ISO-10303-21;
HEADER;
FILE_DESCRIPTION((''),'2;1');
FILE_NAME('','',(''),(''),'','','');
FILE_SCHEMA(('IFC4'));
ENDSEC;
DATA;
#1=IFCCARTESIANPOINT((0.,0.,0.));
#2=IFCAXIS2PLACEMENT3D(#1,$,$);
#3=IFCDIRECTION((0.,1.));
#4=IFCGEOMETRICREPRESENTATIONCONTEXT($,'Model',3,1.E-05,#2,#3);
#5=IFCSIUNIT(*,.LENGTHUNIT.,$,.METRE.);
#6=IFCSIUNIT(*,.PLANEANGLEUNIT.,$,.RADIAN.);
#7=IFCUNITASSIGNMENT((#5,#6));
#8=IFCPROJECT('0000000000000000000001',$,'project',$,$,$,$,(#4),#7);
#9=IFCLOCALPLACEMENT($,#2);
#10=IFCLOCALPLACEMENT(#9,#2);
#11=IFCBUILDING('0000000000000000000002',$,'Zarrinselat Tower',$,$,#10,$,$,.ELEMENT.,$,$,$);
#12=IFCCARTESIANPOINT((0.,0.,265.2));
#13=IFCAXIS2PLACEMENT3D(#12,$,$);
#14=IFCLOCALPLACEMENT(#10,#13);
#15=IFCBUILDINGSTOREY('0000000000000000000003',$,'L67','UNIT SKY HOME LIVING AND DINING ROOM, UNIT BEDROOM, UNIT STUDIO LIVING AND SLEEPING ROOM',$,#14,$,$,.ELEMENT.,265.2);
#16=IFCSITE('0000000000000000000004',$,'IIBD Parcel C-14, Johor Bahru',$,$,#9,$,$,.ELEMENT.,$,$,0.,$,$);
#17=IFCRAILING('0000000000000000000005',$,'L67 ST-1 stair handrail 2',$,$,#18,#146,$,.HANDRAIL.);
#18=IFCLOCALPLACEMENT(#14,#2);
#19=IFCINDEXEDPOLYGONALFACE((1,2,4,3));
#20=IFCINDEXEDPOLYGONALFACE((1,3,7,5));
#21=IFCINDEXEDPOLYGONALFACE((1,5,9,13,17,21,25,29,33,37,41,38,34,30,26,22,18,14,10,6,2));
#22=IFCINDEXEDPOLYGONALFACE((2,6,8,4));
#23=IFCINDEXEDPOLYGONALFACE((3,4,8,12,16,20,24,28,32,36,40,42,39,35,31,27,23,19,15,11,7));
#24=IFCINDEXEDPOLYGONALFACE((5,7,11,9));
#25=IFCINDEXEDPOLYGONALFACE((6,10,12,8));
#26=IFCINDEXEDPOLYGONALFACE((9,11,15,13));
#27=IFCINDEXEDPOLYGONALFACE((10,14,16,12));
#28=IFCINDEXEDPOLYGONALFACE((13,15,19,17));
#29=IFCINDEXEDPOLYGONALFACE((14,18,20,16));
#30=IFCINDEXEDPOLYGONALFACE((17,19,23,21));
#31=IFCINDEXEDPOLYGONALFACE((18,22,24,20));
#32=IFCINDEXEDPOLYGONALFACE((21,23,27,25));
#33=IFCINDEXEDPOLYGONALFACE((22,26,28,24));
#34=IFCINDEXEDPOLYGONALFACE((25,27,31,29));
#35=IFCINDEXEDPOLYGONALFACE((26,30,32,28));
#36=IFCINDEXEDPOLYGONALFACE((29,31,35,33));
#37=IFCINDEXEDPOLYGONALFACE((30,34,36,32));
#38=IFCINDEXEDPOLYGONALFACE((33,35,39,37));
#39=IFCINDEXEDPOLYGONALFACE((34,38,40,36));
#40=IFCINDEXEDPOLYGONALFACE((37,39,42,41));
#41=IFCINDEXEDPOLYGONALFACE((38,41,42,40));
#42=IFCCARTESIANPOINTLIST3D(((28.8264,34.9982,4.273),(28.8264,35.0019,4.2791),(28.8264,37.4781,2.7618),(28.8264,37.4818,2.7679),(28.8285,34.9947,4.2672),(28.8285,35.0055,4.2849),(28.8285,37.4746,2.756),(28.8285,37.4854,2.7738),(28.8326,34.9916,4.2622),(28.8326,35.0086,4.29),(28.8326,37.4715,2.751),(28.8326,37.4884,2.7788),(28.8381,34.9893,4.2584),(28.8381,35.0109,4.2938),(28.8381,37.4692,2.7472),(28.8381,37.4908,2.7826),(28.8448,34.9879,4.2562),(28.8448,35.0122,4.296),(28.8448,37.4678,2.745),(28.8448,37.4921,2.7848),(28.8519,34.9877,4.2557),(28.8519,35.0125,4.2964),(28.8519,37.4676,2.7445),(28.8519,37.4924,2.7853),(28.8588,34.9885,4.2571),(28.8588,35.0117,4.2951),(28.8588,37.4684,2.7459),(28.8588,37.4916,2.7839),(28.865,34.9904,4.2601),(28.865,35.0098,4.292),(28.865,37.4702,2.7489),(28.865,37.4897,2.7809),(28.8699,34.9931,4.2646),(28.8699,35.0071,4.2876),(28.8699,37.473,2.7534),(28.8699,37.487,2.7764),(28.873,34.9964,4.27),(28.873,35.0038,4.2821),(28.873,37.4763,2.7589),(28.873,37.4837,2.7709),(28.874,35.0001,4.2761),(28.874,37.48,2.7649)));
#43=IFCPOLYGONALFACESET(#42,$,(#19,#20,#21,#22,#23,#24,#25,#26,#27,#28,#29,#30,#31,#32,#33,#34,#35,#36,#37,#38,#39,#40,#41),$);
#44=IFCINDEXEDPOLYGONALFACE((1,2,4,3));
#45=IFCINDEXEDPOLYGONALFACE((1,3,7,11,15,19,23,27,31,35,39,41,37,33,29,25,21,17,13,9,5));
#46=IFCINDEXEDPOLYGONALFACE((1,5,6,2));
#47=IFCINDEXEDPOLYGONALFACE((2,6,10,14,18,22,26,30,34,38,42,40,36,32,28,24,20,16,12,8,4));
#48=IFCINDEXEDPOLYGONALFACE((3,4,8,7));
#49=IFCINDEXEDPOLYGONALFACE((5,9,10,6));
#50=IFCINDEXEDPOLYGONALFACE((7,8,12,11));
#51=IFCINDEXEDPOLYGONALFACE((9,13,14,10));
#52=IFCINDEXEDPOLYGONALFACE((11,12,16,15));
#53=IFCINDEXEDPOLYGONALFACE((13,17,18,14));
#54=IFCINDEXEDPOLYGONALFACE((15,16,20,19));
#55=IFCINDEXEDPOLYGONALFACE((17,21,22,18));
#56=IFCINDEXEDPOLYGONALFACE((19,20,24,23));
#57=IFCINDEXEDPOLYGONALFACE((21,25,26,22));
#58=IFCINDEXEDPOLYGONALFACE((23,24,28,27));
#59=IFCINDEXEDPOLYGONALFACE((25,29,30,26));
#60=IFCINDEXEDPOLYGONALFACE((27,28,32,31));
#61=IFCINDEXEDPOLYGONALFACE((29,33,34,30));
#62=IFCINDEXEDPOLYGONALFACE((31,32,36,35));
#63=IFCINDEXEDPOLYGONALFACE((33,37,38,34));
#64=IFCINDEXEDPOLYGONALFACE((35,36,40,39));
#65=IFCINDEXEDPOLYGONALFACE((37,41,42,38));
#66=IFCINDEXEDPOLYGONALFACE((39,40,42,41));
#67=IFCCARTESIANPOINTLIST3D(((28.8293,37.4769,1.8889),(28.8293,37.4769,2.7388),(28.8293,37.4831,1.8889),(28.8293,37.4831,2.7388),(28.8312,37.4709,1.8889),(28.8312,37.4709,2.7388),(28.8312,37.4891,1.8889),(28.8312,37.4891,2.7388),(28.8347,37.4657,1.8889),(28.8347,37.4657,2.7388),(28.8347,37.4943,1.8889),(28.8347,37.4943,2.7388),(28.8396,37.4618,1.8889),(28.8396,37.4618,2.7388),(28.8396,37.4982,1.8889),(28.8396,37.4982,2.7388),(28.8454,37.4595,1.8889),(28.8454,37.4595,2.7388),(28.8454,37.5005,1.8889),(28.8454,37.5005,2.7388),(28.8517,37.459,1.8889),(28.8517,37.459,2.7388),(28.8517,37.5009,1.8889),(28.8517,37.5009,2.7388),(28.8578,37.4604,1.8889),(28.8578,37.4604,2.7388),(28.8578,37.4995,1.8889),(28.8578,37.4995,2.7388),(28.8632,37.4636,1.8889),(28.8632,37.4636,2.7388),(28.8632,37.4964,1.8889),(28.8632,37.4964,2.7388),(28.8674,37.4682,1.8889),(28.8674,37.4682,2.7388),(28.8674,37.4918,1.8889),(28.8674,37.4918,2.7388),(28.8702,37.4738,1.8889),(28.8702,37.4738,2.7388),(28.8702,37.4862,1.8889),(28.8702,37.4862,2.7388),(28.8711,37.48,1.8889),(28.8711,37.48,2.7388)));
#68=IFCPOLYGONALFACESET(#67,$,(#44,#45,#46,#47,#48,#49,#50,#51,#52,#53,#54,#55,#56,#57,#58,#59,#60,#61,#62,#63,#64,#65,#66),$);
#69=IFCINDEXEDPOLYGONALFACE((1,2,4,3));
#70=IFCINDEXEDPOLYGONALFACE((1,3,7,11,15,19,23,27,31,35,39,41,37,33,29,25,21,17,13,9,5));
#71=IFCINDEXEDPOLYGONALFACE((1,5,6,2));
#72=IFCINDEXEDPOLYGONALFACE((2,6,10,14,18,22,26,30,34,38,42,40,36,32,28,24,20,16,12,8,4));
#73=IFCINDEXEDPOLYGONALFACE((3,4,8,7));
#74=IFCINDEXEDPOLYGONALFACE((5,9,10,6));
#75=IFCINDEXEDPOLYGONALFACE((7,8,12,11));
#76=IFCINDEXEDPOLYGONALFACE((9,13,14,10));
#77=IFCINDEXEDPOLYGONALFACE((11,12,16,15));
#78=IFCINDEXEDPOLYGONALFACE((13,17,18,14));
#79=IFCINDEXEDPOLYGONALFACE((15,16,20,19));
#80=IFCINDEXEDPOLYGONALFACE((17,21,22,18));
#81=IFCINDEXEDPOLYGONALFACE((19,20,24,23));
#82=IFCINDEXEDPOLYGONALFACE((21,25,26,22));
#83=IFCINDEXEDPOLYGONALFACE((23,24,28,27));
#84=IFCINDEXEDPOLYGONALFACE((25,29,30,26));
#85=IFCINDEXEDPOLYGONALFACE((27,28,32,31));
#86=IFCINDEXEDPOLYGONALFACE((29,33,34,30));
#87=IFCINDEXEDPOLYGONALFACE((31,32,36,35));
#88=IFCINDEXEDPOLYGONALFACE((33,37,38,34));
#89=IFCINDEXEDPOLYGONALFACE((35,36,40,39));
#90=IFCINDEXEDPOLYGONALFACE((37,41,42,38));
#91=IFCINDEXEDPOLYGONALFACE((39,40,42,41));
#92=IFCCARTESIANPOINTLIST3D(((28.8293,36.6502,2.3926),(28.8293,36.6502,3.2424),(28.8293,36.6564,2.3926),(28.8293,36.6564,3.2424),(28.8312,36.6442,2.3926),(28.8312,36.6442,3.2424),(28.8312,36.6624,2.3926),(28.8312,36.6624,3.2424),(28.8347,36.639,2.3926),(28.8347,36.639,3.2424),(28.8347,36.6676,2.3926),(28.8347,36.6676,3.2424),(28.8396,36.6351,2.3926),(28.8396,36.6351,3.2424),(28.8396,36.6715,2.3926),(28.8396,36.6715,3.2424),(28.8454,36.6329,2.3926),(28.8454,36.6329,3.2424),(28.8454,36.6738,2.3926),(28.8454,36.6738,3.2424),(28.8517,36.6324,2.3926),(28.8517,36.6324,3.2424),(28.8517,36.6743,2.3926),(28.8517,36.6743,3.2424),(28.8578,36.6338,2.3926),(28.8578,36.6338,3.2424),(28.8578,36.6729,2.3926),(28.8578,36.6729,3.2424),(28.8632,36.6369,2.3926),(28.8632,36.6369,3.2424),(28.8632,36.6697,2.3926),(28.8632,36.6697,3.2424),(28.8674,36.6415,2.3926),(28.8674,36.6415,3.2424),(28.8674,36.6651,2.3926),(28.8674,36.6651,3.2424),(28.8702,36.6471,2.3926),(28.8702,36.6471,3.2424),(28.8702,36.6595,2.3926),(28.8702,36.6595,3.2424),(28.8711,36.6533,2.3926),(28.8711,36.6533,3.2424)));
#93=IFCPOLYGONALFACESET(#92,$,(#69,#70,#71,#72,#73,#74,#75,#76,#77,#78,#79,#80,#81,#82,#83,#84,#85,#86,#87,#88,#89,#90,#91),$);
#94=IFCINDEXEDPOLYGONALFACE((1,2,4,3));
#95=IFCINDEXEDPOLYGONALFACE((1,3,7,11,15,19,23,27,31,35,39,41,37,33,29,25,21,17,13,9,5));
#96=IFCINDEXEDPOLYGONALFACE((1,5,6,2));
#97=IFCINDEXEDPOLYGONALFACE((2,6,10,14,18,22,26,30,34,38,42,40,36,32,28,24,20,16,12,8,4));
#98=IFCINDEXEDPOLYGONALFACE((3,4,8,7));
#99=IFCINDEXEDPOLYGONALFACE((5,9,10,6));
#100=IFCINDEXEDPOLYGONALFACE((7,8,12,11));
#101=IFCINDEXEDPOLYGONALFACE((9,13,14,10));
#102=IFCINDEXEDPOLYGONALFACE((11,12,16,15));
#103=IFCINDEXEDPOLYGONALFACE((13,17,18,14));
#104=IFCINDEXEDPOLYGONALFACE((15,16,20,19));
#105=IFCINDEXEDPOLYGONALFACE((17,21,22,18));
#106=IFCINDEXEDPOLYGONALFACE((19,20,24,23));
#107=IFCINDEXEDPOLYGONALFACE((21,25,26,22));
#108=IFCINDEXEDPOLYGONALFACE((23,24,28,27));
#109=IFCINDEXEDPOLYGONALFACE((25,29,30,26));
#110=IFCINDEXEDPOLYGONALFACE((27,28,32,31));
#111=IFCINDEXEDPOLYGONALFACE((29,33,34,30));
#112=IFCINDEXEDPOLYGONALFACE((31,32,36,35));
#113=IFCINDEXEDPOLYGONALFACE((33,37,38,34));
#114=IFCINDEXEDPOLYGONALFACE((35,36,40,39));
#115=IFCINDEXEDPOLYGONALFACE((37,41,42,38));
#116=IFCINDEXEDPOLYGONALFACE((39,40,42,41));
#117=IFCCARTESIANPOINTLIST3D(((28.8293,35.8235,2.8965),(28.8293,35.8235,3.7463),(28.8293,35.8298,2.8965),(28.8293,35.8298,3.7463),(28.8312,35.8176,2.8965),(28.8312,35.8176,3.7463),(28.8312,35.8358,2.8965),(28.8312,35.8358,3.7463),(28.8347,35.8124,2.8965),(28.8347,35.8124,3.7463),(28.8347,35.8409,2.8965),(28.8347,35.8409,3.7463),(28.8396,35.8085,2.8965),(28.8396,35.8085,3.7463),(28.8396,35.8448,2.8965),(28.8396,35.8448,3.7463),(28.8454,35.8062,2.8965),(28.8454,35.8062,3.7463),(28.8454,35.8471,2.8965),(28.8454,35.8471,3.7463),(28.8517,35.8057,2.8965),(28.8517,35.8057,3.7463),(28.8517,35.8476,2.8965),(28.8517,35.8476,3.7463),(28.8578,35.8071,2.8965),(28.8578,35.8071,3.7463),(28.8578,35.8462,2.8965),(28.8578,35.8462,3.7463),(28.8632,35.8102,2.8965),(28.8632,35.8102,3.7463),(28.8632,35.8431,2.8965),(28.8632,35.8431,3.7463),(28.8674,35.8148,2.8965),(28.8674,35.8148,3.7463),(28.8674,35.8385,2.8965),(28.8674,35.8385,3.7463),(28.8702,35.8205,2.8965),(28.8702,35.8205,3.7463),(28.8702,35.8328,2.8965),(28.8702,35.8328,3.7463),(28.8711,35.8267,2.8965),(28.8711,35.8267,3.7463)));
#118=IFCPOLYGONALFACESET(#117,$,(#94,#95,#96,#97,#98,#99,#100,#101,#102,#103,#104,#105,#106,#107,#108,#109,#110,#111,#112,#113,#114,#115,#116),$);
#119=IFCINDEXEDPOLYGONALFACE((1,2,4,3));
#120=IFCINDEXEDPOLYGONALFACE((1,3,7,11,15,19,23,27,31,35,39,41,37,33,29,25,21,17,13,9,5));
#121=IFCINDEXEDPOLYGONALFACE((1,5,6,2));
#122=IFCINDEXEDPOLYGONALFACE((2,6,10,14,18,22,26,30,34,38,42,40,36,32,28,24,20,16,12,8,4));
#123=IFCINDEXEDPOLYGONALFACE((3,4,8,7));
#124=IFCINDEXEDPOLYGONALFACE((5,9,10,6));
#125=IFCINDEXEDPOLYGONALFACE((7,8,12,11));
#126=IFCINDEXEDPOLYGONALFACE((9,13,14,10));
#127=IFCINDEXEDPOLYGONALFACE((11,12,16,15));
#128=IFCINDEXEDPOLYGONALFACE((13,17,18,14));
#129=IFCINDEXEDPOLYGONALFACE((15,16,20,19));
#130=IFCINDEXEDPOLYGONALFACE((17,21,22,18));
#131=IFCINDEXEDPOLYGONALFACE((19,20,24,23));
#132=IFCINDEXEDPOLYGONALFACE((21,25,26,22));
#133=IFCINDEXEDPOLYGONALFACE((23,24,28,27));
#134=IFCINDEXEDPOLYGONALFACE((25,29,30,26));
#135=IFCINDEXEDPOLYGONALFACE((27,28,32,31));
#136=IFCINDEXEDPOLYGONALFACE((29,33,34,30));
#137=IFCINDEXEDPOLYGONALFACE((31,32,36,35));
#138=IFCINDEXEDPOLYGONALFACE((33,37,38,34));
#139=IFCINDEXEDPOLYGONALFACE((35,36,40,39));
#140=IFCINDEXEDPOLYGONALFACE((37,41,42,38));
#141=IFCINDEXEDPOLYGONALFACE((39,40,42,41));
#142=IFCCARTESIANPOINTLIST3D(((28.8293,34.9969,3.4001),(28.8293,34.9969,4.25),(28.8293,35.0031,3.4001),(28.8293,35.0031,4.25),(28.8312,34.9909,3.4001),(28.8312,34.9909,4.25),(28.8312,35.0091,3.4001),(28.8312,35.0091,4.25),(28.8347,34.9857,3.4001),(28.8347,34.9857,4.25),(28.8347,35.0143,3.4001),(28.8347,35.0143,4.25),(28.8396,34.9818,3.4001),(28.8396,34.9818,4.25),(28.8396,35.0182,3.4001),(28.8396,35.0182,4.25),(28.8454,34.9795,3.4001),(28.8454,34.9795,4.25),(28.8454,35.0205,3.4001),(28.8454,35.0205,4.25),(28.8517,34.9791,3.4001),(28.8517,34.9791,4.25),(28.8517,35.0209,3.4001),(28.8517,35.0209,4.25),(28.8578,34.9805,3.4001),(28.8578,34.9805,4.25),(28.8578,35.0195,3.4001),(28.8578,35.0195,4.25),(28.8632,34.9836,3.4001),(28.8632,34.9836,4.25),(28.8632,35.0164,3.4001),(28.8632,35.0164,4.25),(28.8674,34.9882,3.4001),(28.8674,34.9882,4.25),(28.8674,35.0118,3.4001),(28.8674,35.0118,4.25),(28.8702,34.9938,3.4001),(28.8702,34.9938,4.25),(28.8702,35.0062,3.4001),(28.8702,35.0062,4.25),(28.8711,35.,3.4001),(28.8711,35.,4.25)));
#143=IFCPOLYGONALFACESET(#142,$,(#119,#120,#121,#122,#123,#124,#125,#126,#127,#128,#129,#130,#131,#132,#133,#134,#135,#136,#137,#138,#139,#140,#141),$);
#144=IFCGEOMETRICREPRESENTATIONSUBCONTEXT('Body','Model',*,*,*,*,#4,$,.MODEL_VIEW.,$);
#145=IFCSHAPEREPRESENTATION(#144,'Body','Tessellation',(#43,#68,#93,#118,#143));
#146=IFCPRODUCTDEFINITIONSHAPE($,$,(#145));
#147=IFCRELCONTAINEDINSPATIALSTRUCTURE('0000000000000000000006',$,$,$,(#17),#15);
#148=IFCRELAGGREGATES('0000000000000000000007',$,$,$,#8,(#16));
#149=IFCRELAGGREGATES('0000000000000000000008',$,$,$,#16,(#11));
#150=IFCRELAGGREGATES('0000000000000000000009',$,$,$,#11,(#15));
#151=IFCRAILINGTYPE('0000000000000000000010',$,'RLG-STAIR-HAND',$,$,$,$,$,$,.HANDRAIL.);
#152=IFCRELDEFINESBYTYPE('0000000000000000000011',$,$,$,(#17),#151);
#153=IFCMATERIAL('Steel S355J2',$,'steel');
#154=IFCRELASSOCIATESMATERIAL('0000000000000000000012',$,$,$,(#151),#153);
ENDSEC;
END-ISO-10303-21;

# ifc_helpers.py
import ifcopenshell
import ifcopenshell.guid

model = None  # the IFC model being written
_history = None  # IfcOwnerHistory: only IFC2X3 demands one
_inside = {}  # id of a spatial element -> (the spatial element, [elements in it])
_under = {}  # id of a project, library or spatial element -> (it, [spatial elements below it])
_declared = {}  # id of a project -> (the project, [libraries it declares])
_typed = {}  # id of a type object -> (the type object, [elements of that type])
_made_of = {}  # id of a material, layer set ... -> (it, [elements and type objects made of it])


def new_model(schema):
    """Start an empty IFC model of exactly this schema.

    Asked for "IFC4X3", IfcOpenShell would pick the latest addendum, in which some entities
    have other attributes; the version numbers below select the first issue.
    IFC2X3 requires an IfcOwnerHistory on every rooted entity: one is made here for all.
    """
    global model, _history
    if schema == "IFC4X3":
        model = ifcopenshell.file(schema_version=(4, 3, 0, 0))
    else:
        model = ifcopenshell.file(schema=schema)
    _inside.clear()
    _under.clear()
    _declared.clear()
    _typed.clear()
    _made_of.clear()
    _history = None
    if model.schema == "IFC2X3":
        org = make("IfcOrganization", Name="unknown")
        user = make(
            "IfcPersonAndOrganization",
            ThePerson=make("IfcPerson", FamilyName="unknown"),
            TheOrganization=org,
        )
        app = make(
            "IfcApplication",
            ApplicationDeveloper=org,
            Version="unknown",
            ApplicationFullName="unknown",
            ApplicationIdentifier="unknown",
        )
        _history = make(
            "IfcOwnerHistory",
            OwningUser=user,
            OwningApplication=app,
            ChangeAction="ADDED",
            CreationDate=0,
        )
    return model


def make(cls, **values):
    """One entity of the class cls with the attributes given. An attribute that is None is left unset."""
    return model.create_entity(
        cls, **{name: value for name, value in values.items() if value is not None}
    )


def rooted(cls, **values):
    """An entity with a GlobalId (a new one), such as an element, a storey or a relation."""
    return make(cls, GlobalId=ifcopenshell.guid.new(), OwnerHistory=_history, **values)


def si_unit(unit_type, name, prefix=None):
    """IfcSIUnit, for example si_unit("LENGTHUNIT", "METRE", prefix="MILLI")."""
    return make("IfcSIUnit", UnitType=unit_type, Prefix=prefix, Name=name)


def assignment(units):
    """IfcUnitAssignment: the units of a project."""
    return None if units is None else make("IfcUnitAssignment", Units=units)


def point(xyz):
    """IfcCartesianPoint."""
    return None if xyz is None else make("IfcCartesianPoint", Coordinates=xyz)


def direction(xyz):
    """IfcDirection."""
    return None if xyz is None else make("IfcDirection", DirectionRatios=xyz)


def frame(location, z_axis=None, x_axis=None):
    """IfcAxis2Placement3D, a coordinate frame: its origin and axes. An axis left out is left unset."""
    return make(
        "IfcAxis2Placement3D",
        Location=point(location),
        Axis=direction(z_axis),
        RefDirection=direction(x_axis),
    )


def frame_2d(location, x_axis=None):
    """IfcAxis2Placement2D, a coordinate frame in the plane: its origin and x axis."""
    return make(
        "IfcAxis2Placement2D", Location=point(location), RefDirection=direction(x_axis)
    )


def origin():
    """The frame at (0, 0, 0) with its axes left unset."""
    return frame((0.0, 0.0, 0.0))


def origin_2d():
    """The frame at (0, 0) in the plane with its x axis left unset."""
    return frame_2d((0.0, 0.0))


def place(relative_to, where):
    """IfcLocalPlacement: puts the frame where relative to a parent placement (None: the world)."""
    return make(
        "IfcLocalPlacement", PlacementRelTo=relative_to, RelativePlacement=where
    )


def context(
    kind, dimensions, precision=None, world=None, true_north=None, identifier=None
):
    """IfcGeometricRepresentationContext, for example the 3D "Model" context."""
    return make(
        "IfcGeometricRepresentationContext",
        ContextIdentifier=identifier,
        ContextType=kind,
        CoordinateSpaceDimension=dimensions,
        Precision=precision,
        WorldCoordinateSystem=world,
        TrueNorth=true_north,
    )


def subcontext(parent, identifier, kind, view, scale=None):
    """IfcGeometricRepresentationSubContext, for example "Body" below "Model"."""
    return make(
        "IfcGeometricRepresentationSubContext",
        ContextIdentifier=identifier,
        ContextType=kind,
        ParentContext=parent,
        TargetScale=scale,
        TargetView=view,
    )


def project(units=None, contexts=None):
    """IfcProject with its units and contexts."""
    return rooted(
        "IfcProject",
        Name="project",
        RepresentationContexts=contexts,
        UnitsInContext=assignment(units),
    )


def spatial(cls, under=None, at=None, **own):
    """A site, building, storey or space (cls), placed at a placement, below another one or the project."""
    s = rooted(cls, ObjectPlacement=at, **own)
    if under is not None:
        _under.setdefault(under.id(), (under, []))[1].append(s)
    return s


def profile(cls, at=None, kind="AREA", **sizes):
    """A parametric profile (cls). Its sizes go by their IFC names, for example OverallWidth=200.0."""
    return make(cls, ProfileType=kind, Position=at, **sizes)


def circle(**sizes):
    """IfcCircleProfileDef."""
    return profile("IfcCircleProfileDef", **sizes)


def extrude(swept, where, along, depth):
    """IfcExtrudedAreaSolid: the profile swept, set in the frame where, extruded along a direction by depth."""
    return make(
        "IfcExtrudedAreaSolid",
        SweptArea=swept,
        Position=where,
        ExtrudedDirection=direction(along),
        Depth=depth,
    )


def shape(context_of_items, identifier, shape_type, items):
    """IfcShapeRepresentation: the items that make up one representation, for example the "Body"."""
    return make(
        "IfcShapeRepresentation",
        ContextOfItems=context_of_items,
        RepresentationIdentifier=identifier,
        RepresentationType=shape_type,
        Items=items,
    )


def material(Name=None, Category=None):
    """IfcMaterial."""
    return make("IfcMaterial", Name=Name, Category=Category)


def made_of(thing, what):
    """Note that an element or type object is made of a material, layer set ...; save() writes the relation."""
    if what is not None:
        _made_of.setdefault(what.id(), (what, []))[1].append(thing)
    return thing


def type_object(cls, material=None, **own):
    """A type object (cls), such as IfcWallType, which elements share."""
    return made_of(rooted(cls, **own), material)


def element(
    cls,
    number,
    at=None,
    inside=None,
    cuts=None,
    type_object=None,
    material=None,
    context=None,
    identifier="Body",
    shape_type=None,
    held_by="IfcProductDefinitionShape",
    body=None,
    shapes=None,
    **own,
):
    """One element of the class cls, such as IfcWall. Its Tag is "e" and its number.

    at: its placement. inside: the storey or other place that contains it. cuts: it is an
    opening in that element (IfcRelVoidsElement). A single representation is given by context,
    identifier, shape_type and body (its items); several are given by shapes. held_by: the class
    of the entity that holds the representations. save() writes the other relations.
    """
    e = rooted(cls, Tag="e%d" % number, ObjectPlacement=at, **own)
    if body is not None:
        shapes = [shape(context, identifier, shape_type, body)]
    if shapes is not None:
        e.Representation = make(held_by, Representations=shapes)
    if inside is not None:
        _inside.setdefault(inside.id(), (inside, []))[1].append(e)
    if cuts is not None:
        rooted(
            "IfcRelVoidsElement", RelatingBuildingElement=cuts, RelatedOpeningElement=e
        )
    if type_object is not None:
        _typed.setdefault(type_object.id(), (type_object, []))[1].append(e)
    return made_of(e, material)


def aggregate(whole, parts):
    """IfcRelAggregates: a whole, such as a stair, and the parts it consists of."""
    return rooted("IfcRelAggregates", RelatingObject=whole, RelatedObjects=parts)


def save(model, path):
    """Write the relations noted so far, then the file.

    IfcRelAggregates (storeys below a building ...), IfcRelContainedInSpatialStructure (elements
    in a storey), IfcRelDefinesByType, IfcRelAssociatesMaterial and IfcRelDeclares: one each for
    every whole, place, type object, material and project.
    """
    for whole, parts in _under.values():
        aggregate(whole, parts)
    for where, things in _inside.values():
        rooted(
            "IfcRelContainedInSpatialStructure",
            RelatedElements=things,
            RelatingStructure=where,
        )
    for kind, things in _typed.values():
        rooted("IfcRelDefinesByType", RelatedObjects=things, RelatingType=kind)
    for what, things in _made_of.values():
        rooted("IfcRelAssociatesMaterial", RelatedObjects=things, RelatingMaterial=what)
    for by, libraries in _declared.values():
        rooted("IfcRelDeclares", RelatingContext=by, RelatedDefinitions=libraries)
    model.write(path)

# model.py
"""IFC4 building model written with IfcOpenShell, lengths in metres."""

from ifc_helpers import new_model, si_unit, direction, frame, origin, origin_2d, place, context, subcontext, project, spatial, circle, extrude, material, type_object, element, save


model = new_model("IFC4")

# Units and contexts
model_context = context("Model", 3, precision=1e-05, world=origin(), true_north=direction((0.0, 1.0)))
body_context = subcontext(model_context, "Body", "Model", "MODEL_VIEW")
ifc_project = project(units=[si_unit("LENGTHUNIT", "METRE"), si_unit("PLANEANGLEUNIT", "RADIAN")], contexts=[model_context])

# Site, building, storey
site_placement = place(None, origin())
site = spatial("IfcSite", under=ifc_project, at=site_placement, Name="IIBD Parcel C-14, Johor Bahru", CompositionType="ELEMENT", RefElevation=0.0)
building_placement = place(site_placement, origin())
building = spatial("IfcBuilding", under=site, at=building_placement, Name="Zarrinselat Tower", CompositionType="ELEMENT")
storey_placement = place(building_placement, frame((0.0, 0.0, 265.2)))
storey = spatial("IfcBuildingStorey", under=building, at=storey_placement, Name="L67", Description="UNIT SKY HOME LIVING AND DINING ROOM, UNIT BEDROOM, UNIT STUDIO LIVING AND SLEEPING ROOM", CompositionType="ELEMENT", Elevation=265.2)

# Railing
ifc_material_1 = material(Name="Steel S355J2", Category="steel")
railing_type_1 = type_object("IfcRailingType", Name="RLG-STAIR-HAND", PredefinedType="HANDRAIL", material=ifc_material_1)
railing_1_placement = place(storey_placement, frame((28.8501, 37.48, 1.8889)))
element("IfcRailing", 1, at=railing_1_placement, inside=storey, type_object=railing_type_1, Name="L67 ST-1 stair handrail 2", PredefinedType="HANDRAIL", context=body_context, shape_type="SweptSolid", body=[
    extrude(circle(Radius=0.0239, at=origin_2d()), frame((0.0, 0.0, 0.876), z_axis=(0.0, -0.853942, 0.520368), x_axis=(1.0, 0.0, 0.0)), (0.0, 0.0, 1.0), 2.9041),
    extrude(circle(Radius=0.021, at=origin_2d()), origin(), (0.0, 0.0, 1.0), 0.8499),
    extrude(circle(Radius=0.021, at=origin_2d()), frame((0.0, -0.8267, 0.5037)), (0.0, 0.0, 1.0), 0.8499),
    extrude(circle(Radius=0.021, at=origin_2d()), frame((0.0, -1.6533, 1.0076)), (0.0, 0.0, 1.0), 0.8499),
    extrude(circle(Radius=0.021, at=origin_2d()), frame((0.0, -2.48, 1.5112)), (0.0, 0.0, 1.0), 0.8499),
])

save(model, "model.ifc")
